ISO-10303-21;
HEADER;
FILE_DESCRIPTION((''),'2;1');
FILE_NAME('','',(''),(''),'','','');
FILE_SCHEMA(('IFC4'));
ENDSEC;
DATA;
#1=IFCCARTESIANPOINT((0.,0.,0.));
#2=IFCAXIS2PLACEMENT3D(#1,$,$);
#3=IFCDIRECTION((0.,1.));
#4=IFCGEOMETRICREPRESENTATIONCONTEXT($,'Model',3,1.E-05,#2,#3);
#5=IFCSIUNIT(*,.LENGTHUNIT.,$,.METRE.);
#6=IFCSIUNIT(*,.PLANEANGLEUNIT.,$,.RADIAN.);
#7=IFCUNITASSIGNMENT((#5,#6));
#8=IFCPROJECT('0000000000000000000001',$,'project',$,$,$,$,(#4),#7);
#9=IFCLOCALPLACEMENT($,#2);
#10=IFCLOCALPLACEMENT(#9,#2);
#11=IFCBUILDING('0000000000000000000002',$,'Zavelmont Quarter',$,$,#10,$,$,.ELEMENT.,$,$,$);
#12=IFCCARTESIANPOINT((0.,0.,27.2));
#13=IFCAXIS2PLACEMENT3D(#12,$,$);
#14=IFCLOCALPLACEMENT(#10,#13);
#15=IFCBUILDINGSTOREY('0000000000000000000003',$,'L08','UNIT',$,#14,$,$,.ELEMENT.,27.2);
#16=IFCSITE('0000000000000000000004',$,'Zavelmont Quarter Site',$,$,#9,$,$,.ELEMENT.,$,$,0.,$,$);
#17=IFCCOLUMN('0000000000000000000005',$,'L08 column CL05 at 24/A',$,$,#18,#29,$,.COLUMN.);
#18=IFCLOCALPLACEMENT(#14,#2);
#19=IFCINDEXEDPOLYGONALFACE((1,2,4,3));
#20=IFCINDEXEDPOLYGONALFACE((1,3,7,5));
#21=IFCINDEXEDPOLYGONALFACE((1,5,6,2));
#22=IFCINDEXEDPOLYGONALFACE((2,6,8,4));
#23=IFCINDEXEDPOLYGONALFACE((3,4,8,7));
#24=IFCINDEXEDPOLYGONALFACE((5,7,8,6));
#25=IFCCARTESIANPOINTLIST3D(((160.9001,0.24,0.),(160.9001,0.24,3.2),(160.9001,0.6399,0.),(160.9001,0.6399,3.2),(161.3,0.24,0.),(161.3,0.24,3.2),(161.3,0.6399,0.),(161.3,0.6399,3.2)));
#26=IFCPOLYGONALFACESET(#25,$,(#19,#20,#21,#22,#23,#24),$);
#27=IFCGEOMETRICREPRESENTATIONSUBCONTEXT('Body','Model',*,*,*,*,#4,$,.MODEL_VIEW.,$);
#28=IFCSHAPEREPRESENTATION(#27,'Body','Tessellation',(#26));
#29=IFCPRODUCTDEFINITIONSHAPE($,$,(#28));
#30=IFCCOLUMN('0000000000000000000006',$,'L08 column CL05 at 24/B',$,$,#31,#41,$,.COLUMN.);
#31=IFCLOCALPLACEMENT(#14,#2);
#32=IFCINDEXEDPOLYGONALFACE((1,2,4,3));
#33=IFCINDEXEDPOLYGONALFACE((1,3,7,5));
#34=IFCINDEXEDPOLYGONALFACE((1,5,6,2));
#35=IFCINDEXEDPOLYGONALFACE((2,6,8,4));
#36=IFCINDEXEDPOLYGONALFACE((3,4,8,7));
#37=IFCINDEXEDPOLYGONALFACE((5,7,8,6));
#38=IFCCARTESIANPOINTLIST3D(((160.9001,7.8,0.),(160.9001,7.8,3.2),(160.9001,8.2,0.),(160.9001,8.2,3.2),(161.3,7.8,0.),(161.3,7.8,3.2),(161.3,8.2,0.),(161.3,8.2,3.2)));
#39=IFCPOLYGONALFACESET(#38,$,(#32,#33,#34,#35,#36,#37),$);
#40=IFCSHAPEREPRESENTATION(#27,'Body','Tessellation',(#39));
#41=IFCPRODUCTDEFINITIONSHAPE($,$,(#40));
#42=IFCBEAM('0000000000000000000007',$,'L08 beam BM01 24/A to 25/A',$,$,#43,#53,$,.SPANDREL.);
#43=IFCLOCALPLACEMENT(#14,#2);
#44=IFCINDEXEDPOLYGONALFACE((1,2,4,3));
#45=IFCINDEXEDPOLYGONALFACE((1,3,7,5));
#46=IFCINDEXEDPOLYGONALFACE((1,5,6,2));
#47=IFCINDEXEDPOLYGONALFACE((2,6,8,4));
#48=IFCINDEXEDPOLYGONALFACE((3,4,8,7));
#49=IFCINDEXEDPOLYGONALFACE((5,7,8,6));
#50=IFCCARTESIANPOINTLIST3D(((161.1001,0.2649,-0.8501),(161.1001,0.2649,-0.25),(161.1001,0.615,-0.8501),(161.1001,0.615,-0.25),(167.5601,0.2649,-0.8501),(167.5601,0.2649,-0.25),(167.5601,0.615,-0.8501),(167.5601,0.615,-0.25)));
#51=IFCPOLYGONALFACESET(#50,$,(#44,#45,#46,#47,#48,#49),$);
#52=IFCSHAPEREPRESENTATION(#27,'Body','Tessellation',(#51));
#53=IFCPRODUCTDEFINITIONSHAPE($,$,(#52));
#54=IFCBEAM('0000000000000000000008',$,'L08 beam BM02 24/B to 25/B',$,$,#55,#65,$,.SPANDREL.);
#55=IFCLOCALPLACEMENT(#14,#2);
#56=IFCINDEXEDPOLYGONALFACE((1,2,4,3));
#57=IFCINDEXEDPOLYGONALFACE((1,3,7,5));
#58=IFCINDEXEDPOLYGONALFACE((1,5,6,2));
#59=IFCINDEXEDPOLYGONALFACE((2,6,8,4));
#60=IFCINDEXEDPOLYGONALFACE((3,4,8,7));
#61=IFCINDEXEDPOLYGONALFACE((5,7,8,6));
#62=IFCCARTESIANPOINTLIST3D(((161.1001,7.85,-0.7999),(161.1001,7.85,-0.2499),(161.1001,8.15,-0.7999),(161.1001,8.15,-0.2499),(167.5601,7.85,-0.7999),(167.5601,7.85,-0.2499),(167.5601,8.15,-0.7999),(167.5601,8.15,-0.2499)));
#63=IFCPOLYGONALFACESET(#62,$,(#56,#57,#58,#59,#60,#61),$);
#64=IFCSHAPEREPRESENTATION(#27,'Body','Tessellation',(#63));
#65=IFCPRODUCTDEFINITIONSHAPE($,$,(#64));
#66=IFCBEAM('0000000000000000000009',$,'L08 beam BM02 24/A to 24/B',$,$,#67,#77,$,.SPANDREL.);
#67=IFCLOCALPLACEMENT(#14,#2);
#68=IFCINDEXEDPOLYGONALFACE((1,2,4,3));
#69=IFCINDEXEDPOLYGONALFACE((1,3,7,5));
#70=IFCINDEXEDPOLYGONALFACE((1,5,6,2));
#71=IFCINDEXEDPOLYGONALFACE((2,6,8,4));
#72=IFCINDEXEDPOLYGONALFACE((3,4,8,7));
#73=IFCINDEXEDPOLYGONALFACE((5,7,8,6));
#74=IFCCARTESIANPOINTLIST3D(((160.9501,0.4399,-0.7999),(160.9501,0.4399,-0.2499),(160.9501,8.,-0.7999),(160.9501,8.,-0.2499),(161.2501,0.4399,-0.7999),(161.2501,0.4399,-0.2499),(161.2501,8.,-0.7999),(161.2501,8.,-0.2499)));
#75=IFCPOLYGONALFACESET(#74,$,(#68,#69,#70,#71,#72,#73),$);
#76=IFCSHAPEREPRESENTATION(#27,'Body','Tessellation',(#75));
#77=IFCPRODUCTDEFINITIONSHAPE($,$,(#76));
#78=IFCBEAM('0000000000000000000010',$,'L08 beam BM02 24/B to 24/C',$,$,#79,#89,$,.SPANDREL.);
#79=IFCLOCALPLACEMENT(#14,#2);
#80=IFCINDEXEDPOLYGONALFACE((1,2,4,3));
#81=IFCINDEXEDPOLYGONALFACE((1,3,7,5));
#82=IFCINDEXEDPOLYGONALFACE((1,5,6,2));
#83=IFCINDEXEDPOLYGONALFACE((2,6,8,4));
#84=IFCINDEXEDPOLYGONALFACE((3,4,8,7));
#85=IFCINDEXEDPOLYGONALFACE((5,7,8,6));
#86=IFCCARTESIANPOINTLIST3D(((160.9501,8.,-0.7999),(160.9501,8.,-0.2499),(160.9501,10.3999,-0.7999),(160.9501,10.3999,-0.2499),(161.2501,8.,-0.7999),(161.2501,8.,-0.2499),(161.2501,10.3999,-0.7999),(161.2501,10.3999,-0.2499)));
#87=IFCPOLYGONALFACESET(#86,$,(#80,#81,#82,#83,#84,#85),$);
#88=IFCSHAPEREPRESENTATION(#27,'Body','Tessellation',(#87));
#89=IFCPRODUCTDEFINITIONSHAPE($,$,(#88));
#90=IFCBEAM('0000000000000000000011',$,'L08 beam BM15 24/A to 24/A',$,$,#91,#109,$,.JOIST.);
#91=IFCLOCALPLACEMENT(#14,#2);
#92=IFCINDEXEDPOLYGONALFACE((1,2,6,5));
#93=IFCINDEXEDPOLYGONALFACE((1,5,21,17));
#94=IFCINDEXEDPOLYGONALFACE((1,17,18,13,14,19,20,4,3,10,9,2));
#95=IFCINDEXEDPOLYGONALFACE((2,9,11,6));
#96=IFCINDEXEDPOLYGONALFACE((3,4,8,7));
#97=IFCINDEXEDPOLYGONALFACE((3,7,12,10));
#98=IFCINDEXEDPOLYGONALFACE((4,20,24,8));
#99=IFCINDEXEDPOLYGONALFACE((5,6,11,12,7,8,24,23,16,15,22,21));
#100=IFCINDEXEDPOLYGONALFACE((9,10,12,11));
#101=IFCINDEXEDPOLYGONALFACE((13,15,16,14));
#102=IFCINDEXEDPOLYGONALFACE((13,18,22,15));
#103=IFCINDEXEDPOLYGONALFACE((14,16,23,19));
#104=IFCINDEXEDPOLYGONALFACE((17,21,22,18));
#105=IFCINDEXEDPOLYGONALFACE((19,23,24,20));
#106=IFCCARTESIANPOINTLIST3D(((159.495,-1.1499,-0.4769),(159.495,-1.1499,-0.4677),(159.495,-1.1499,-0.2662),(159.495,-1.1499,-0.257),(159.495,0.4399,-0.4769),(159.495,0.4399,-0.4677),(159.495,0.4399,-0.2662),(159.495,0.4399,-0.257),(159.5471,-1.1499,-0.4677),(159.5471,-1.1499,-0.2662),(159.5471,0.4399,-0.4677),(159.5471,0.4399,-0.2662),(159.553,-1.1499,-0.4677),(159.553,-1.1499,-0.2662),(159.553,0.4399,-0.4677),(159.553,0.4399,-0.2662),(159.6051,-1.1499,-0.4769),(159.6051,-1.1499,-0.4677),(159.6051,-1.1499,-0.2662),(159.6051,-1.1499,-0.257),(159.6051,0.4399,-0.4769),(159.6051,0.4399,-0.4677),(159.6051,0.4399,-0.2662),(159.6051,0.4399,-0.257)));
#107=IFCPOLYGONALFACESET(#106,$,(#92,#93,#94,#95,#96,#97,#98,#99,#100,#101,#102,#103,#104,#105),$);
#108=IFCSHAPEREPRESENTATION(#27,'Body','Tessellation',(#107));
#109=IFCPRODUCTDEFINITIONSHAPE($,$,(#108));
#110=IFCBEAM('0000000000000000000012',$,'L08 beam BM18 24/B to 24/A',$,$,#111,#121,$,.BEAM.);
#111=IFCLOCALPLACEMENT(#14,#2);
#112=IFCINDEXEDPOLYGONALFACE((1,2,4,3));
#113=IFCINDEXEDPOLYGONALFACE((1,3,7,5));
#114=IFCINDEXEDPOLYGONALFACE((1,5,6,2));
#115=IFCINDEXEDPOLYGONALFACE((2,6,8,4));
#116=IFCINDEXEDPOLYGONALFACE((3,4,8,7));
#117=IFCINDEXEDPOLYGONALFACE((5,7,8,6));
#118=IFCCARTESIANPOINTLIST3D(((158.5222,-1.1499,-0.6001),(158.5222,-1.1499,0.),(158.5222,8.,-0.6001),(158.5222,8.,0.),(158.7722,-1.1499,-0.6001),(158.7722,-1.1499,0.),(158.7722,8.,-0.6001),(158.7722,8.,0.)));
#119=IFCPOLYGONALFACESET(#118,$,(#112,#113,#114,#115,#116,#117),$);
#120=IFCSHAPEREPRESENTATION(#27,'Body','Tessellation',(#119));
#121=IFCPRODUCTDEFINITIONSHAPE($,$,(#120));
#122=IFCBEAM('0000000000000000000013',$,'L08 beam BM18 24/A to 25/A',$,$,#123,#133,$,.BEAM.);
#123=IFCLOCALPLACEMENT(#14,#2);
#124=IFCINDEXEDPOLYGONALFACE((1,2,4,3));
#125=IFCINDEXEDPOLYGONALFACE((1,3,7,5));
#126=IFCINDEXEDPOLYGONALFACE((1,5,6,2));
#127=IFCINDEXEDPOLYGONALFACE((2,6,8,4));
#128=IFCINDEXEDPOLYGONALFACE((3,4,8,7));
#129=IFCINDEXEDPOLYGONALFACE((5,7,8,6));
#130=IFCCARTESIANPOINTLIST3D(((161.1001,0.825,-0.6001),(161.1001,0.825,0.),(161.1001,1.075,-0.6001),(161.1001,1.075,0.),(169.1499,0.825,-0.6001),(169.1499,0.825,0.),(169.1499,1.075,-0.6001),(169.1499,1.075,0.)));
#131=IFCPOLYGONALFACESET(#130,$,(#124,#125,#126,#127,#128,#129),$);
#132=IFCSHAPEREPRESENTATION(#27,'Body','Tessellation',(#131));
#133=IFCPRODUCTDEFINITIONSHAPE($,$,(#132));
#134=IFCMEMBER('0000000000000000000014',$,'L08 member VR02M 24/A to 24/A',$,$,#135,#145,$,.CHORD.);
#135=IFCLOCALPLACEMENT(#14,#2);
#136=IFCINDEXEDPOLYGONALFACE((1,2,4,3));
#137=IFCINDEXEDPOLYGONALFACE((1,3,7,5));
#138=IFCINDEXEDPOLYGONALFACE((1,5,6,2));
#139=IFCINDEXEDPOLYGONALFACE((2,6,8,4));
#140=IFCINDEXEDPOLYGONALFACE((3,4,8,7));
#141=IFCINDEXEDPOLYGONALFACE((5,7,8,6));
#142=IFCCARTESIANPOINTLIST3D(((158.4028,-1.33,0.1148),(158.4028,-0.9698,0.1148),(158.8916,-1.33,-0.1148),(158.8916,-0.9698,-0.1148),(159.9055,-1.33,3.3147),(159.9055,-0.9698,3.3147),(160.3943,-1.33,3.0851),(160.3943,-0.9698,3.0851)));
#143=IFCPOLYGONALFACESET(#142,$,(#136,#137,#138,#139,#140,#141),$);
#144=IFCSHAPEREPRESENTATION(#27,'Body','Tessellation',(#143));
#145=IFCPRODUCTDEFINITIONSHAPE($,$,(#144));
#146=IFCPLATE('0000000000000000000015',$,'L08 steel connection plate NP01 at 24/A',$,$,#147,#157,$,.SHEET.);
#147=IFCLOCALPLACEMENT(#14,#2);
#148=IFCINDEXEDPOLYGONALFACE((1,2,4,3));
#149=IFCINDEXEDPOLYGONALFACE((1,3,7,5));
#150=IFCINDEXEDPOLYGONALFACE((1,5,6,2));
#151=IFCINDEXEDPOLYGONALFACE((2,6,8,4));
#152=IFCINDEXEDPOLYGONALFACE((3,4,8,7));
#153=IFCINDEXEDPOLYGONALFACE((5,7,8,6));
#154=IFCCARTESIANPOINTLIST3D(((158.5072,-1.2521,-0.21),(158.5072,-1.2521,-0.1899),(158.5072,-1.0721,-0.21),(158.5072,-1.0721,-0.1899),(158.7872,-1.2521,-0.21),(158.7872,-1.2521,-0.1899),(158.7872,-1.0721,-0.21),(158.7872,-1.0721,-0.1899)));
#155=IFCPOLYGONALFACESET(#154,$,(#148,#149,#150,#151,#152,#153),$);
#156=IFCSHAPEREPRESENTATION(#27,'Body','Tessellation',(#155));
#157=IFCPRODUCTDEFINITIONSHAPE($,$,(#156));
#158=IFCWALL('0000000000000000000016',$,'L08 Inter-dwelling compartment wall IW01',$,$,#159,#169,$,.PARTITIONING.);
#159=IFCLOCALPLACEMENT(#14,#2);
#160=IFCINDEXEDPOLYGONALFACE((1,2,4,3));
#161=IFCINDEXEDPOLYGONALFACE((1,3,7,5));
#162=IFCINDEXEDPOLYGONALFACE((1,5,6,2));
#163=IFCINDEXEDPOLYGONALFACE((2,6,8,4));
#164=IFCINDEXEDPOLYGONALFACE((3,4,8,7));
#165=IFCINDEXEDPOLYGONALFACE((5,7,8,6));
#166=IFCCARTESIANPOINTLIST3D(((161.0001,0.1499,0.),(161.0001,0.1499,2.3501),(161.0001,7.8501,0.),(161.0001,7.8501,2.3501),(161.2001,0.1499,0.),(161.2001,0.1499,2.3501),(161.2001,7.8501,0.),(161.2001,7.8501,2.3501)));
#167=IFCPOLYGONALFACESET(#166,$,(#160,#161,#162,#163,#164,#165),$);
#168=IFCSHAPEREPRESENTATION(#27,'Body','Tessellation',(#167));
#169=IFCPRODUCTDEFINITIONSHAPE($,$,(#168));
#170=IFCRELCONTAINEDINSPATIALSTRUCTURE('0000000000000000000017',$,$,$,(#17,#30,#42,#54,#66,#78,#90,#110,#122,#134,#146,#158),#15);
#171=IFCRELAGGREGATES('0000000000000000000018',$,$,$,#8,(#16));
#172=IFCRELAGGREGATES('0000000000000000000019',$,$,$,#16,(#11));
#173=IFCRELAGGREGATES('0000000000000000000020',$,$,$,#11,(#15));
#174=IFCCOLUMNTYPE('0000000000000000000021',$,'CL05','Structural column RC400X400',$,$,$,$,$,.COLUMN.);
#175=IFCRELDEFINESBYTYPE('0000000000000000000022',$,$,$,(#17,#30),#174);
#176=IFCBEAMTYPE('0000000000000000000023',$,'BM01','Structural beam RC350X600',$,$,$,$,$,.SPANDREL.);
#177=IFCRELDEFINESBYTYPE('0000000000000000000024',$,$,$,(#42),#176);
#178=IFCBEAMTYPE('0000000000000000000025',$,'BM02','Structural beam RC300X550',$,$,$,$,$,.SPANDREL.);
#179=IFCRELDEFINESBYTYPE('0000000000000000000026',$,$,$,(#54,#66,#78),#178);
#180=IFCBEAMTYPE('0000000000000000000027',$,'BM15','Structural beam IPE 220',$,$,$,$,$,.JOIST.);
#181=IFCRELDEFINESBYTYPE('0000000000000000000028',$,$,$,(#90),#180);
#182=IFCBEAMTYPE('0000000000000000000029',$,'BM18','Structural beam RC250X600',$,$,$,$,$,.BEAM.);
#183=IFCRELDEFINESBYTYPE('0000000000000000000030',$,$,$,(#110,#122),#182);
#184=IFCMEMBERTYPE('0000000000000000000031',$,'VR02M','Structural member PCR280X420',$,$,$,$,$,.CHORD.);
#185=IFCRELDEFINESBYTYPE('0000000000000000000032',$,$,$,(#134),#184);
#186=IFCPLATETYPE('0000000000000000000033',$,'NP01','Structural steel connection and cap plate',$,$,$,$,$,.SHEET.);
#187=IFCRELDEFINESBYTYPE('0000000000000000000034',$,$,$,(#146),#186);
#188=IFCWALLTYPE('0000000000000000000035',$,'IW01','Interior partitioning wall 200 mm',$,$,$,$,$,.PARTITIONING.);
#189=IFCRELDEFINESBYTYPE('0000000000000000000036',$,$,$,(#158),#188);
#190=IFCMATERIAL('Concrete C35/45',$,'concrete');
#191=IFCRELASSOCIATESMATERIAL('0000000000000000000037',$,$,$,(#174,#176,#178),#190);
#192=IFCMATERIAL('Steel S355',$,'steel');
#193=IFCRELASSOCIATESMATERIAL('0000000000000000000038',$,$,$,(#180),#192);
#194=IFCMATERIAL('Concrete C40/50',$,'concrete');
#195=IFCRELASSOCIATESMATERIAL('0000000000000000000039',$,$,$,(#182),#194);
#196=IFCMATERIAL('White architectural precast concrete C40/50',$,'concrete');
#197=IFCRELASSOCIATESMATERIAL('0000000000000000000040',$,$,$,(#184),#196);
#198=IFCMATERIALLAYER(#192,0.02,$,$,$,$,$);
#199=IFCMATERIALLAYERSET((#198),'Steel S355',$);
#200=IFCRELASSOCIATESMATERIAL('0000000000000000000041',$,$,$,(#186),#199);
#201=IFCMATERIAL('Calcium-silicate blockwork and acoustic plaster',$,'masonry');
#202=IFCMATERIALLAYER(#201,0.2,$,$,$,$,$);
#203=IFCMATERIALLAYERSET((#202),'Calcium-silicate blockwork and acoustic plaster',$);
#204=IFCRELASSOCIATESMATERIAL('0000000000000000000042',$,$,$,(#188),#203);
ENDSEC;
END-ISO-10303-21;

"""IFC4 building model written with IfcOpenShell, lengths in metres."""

from ifc_helpers import new_model, si_unit, direction, frame, frame_2d, origin, origin_2d, place, context, subcontext, project, spatial, rectangle, i_section, extrude, material, layer, layer_set, material_profile, profile_set, type_object, element, save


model = new_model("IFC4")

# Units and contexts
model_context = context("Model", 3, precision=1e-05, world=origin(), true_north=direction((0.0, 1.0)))
body_context = subcontext(model_context, "Body", "Model", "MODEL_VIEW")
ifc_project = project(units=[si_unit("LENGTHUNIT", "METRE"), si_unit("PLANEANGLEUNIT", "RADIAN")], contexts=[model_context])

# Site, building, storey
site_placement = place(None, origin())
site = spatial("IfcSite", under=ifc_project, at=site_placement, Name="Zavelmont Quarter Site", CompositionType="ELEMENT", RefElevation=0.0)
building_placement = place(site_placement, origin())
building = spatial("IfcBuilding", under=site, at=building_placement, Name="Zavelmont Quarter", CompositionType="ELEMENT")
storey_placement = place(building_placement, frame((0.0, 0.0, 27.2)))
storey = spatial("IfcBuildingStorey", under=building, at=storey_placement, Name="L08", Description="UNIT", CompositionType="ELEMENT", Elevation=27.2)

# Columns
ifc_material_1 = material(Name="Concrete C35/45", Category="concrete")
ifc_material_profile_1 = material_profile(ifc_material_1, rectangle(XDim=0.3999, YDim=0.3999, at=origin_2d()), Name="RC400X400")
ifc_profile_set_1 = profile_set([ifc_material_profile_1], Name="Concrete C35/45")
column_type = type_object("IfcColumnType", Name="CL05", Description="Structural column RC400X400", PredefinedType="COLUMN", material=ifc_profile_set_1)
for number, where, z_axis, x_axis, name in (
    (1, (161.1001, 0.4399, 0.0), (0.0, 0.0, 1.0), (1.0, 0.0, 0.0), "L08 column CL05 at 24/A"),
    (2, (161.1001, 8.0, 0.0), (0.0, 0.0, 1.0), (1.0, 0.0, 0.0), "L08 column CL05 at 24/B"),
):
    element("IfcColumn", number, at=place(storey_placement, frame(where, z_axis=z_axis, x_axis=x_axis)), inside=storey, type_object=column_type, Name=name, PredefinedType="COLUMN", context=body_context, shape_type="SweptSolid", body=[
        extrude(rectangle(XDim=0.3999, YDim=0.3999, at=origin_2d()), origin(), (0.0, 0.0, 1.0), 3.2),
    ])

# Beams
ifc_material_profile_2 = material_profile(ifc_material_1, rectangle(XDim=0.3501, YDim=0.6001, at=origin_2d()), Name="RC350X600")
ifc_profile_set_2 = profile_set([ifc_material_profile_2], Name="Concrete C35/45")
beam_type_1 = type_object("IfcBeamType", Name="BM01", Description="Structural beam RC350X600", PredefinedType="SPANDREL", material=ifc_profile_set_2)
beam_1_placement = place(storey_placement, frame((161.1001, 0.4399, -0.55), z_axis=(1.0, 0.0, 0.0), x_axis=(0.0, 1.0, 0.0)))
element("IfcBeam", 3, at=beam_1_placement, inside=storey, type_object=beam_type_1, Name="L08 beam BM01 24/A to 25/A", PredefinedType="SPANDREL", context=body_context, shape_type="SweptSolid", body=[
    extrude(rectangle(XDim=0.3501, YDim=0.6001, at=origin_2d()), origin(), (0.0, 0.0, 1.0), 6.46),
])
ifc_material_profile_3 = material_profile(ifc_material_1, rectangle(XDim=0.3, YDim=0.55, at=origin_2d()), Name="RC300X550")
ifc_profile_set_3 = profile_set([ifc_material_profile_3], Name="Concrete C35/45")
beam_type_2 = type_object("IfcBeamType", Name="BM02", Description="Structural beam RC300X550", PredefinedType="SPANDREL", material=ifc_profile_set_3)
beam_2_placement = place(storey_placement, frame((161.1001, 8.0, -0.5249), z_axis=(1.0, 0.0, 0.0), x_axis=(0.0, 1.0, 0.0)))
element("IfcBeam", 4, at=beam_2_placement, inside=storey, type_object=beam_type_2, Name="L08 beam BM02 24/B to 25/B", PredefinedType="SPANDREL", context=body_context, shape_type="SweptSolid", body=[
    extrude(rectangle(XDim=0.3, YDim=0.55, at=origin_2d()), origin(), (0.0, 0.0, 1.0), 6.46),
])
beam_3_placement = place(storey_placement, frame((161.1001, 0.4399, -0.5249), z_axis=(0.0, 1.0, 0.0), x_axis=(-1.0, 0.0, 0.0)))
element("IfcBeam", 5, at=beam_3_placement, inside=storey, type_object=beam_type_2, Name="L08 beam BM02 24/A to 24/B", PredefinedType="SPANDREL", context=body_context, shape_type="SweptSolid", body=[
    extrude(rectangle(XDim=0.3, YDim=0.55, at=origin_2d()), origin(), (0.0, 0.0, 1.0), 7.5601),
])
beam_4_placement = place(storey_placement, frame((161.1001, 8.0, -0.5249), z_axis=(0.0, 1.0, 0.0), x_axis=(-1.0, 0.0, 0.0)))
element("IfcBeam", 6, at=beam_4_placement, inside=storey, type_object=beam_type_2, Name="L08 beam BM02 24/B to 24/C", PredefinedType="SPANDREL", context=body_context, shape_type="SweptSolid", body=[
    extrude(rectangle(XDim=0.3, YDim=0.55, at=origin_2d()), origin(), (0.0, 0.0, 1.0), 2.3999),
])
ifc_material_2 = material(Name="Steel S355", Category="steel")
ifc_material_profile_4 = material_profile(ifc_material_2, i_section(OverallWidth=0.1101, OverallDepth=0.22, WebThickness=0.0059, FlangeThickness=0.0093, at=origin_2d()), Name="IPE 220")
ifc_profile_set_4 = profile_set([ifc_material_profile_4], Name="Steel S355")
beam_type_3 = type_object("IfcBeamType", Name="BM15", Description="Structural beam IPE 220", PredefinedType="JOIST", material=ifc_profile_set_4)
beam_5_placement = place(storey_placement, frame((159.55, 0.4399, -0.3669), z_axis=(0.0, -1.0, 0.0), x_axis=(1.0, 0.0, 0.0)))
element("IfcBeam", 7, at=beam_5_placement, inside=storey, type_object=beam_type_3, Name="L08 beam BM15 24/A to 24/A", PredefinedType="JOIST", context=body_context, shape_type="SweptSolid", body=[
    extrude(i_section(OverallWidth=0.1101, OverallDepth=0.22, WebThickness=0.0059, FlangeThickness=0.0093, at=origin_2d()), origin(), (0.0, 0.0, 1.0), 1.5898),
])
ifc_material_3 = material(Name="Concrete C40/50", Category="concrete")
ifc_material_profile_5 = material_profile(ifc_material_3, rectangle(XDim=0.25, YDim=0.6001, at=origin_2d()), Name="RC250X600")
ifc_profile_set_5 = profile_set([ifc_material_profile_5], Name="Concrete C40/50")
beam_type_4 = type_object("IfcBeamType", Name="BM18", Description="Structural beam RC250X600", PredefinedType="BEAM", material=ifc_profile_set_5)
beam_6_placement = place(storey_placement, frame((158.6472, 8.0, -0.3), z_axis=(0.0, -1.0, 0.0), x_axis=(1.0, 0.0, 0.0)))
element("IfcBeam", 8, at=beam_6_placement, inside=storey, type_object=beam_type_4, Name="L08 beam BM18 24/B to 24/A", PredefinedType="BEAM", context=body_context, shape_type="SweptSolid", body=[
    extrude(rectangle(XDim=0.25, YDim=0.6001, at=origin_2d()), origin(), (0.0, 0.0, 1.0), 9.1499),
])
beam_7_placement = place(storey_placement, frame((161.1001, 0.95, -0.3), z_axis=(1.0, 0.0, 0.0), x_axis=(0.0, 1.0, 0.0)))
element("IfcBeam", 9, at=beam_7_placement, inside=storey, type_object=beam_type_4, Name="L08 beam BM18 24/A to 25/A", PredefinedType="BEAM", context=body_context, shape_type="SweptSolid", body=[
    extrude(rectangle(XDim=0.25, YDim=0.6001, at=origin_2d()), origin(), (0.0, 0.0, 1.0), 8.0498),
])

# Member
ifc_material_4 = material(Name="White architectural precast concrete C40/50", Category="concrete")
ifc_material_profile_6 = material_profile(ifc_material_4, rectangle(XDim=0.3601, YDim=0.54, at=origin_2d()), Name="PCR280X420")
ifc_profile_set_6 = profile_set([ifc_material_profile_6], Name="White architectural precast concrete C40/50")
member_type = type_object("IfcMemberType", Name="VR02M", Description="Structural member PCR280X420", PredefinedType="CHORD", material=ifc_profile_set_6)
member_placement = place(storey_placement, frame((158.6472, -1.1499, 0.0), z_axis=(0.425062, 0.0, 0.905164), x_axis=(0.0, 1.0, 0.0)))
element("IfcMember", 10, at=member_placement, inside=storey, type_object=member_type, Name="L08 member VR02M 24/A to 24/A", PredefinedType="CHORD", context=body_context, shape_type="SweptSolid", body=[
    extrude(rectangle(XDim=0.3601, YDim=0.54, at=origin_2d()), origin(), (0.0, 0.0, 1.0), 3.5352),
])

# Plate
ifc_layer_1 = layer(ifc_material_2, 0.02)
ifc_layer_set_1 = layer_set([ifc_layer_1], Name="Steel S355")
plate_type = type_object("IfcPlateType", Name="NP01", Description="Structural steel connection and cap plate", PredefinedType="SHEET", material=ifc_layer_set_1)
plate_placement = place(storey_placement, frame((158.6472, -1.1621, -0.21), z_axis=(0.0, 0.0, 1.0), x_axis=(1.0, 0.0, 0.0)))
element("IfcPlate", 11, at=plate_placement, inside=storey, type_object=plate_type, Name="L08 steel connection plate NP01 at 24/A", PredefinedType="SHEET", context=body_context, shape_type="SweptSolid", body=[
    extrude(rectangle(XDim=0.28, YDim=0.1799, at=origin_2d()), origin(), (0.0, 0.0, 1.0), 0.02),
])

# Wall
ifc_material_5 = material(Name="Calcium-silicate blockwork and acoustic plaster", Category="masonry")
ifc_layer_2 = layer(ifc_material_5, 0.2)
ifc_layer_set_2 = layer_set([ifc_layer_2], Name="Calcium-silicate blockwork and acoustic plaster")
wall_type_1 = type_object("IfcWallType", Name="IW01", Description="Interior partitioning wall 200 mm", PredefinedType="PARTITIONING", material=ifc_layer_set_2)
wall_1_placement = place(storey_placement, frame((161.1001, 7.8501, 0.0), z_axis=(0.0, 0.0, 1.0), x_axis=(0.0, -1.0, 0.0)))
element("IfcWall", 12, at=wall_1_placement, inside=storey, type_object=wall_type_1, Name="L08 Inter-dwelling compartment wall IW01", PredefinedType="PARTITIONING", context=body_context, shape_type="SweptSolid", body=[
    extrude(rectangle(XDim=7.7002, YDim=0.2, at=frame_2d((3.8501, 0.0))), origin(), (0.0, 0.0, 1.0), 2.3501),
])

save(model, "model.ifc")
